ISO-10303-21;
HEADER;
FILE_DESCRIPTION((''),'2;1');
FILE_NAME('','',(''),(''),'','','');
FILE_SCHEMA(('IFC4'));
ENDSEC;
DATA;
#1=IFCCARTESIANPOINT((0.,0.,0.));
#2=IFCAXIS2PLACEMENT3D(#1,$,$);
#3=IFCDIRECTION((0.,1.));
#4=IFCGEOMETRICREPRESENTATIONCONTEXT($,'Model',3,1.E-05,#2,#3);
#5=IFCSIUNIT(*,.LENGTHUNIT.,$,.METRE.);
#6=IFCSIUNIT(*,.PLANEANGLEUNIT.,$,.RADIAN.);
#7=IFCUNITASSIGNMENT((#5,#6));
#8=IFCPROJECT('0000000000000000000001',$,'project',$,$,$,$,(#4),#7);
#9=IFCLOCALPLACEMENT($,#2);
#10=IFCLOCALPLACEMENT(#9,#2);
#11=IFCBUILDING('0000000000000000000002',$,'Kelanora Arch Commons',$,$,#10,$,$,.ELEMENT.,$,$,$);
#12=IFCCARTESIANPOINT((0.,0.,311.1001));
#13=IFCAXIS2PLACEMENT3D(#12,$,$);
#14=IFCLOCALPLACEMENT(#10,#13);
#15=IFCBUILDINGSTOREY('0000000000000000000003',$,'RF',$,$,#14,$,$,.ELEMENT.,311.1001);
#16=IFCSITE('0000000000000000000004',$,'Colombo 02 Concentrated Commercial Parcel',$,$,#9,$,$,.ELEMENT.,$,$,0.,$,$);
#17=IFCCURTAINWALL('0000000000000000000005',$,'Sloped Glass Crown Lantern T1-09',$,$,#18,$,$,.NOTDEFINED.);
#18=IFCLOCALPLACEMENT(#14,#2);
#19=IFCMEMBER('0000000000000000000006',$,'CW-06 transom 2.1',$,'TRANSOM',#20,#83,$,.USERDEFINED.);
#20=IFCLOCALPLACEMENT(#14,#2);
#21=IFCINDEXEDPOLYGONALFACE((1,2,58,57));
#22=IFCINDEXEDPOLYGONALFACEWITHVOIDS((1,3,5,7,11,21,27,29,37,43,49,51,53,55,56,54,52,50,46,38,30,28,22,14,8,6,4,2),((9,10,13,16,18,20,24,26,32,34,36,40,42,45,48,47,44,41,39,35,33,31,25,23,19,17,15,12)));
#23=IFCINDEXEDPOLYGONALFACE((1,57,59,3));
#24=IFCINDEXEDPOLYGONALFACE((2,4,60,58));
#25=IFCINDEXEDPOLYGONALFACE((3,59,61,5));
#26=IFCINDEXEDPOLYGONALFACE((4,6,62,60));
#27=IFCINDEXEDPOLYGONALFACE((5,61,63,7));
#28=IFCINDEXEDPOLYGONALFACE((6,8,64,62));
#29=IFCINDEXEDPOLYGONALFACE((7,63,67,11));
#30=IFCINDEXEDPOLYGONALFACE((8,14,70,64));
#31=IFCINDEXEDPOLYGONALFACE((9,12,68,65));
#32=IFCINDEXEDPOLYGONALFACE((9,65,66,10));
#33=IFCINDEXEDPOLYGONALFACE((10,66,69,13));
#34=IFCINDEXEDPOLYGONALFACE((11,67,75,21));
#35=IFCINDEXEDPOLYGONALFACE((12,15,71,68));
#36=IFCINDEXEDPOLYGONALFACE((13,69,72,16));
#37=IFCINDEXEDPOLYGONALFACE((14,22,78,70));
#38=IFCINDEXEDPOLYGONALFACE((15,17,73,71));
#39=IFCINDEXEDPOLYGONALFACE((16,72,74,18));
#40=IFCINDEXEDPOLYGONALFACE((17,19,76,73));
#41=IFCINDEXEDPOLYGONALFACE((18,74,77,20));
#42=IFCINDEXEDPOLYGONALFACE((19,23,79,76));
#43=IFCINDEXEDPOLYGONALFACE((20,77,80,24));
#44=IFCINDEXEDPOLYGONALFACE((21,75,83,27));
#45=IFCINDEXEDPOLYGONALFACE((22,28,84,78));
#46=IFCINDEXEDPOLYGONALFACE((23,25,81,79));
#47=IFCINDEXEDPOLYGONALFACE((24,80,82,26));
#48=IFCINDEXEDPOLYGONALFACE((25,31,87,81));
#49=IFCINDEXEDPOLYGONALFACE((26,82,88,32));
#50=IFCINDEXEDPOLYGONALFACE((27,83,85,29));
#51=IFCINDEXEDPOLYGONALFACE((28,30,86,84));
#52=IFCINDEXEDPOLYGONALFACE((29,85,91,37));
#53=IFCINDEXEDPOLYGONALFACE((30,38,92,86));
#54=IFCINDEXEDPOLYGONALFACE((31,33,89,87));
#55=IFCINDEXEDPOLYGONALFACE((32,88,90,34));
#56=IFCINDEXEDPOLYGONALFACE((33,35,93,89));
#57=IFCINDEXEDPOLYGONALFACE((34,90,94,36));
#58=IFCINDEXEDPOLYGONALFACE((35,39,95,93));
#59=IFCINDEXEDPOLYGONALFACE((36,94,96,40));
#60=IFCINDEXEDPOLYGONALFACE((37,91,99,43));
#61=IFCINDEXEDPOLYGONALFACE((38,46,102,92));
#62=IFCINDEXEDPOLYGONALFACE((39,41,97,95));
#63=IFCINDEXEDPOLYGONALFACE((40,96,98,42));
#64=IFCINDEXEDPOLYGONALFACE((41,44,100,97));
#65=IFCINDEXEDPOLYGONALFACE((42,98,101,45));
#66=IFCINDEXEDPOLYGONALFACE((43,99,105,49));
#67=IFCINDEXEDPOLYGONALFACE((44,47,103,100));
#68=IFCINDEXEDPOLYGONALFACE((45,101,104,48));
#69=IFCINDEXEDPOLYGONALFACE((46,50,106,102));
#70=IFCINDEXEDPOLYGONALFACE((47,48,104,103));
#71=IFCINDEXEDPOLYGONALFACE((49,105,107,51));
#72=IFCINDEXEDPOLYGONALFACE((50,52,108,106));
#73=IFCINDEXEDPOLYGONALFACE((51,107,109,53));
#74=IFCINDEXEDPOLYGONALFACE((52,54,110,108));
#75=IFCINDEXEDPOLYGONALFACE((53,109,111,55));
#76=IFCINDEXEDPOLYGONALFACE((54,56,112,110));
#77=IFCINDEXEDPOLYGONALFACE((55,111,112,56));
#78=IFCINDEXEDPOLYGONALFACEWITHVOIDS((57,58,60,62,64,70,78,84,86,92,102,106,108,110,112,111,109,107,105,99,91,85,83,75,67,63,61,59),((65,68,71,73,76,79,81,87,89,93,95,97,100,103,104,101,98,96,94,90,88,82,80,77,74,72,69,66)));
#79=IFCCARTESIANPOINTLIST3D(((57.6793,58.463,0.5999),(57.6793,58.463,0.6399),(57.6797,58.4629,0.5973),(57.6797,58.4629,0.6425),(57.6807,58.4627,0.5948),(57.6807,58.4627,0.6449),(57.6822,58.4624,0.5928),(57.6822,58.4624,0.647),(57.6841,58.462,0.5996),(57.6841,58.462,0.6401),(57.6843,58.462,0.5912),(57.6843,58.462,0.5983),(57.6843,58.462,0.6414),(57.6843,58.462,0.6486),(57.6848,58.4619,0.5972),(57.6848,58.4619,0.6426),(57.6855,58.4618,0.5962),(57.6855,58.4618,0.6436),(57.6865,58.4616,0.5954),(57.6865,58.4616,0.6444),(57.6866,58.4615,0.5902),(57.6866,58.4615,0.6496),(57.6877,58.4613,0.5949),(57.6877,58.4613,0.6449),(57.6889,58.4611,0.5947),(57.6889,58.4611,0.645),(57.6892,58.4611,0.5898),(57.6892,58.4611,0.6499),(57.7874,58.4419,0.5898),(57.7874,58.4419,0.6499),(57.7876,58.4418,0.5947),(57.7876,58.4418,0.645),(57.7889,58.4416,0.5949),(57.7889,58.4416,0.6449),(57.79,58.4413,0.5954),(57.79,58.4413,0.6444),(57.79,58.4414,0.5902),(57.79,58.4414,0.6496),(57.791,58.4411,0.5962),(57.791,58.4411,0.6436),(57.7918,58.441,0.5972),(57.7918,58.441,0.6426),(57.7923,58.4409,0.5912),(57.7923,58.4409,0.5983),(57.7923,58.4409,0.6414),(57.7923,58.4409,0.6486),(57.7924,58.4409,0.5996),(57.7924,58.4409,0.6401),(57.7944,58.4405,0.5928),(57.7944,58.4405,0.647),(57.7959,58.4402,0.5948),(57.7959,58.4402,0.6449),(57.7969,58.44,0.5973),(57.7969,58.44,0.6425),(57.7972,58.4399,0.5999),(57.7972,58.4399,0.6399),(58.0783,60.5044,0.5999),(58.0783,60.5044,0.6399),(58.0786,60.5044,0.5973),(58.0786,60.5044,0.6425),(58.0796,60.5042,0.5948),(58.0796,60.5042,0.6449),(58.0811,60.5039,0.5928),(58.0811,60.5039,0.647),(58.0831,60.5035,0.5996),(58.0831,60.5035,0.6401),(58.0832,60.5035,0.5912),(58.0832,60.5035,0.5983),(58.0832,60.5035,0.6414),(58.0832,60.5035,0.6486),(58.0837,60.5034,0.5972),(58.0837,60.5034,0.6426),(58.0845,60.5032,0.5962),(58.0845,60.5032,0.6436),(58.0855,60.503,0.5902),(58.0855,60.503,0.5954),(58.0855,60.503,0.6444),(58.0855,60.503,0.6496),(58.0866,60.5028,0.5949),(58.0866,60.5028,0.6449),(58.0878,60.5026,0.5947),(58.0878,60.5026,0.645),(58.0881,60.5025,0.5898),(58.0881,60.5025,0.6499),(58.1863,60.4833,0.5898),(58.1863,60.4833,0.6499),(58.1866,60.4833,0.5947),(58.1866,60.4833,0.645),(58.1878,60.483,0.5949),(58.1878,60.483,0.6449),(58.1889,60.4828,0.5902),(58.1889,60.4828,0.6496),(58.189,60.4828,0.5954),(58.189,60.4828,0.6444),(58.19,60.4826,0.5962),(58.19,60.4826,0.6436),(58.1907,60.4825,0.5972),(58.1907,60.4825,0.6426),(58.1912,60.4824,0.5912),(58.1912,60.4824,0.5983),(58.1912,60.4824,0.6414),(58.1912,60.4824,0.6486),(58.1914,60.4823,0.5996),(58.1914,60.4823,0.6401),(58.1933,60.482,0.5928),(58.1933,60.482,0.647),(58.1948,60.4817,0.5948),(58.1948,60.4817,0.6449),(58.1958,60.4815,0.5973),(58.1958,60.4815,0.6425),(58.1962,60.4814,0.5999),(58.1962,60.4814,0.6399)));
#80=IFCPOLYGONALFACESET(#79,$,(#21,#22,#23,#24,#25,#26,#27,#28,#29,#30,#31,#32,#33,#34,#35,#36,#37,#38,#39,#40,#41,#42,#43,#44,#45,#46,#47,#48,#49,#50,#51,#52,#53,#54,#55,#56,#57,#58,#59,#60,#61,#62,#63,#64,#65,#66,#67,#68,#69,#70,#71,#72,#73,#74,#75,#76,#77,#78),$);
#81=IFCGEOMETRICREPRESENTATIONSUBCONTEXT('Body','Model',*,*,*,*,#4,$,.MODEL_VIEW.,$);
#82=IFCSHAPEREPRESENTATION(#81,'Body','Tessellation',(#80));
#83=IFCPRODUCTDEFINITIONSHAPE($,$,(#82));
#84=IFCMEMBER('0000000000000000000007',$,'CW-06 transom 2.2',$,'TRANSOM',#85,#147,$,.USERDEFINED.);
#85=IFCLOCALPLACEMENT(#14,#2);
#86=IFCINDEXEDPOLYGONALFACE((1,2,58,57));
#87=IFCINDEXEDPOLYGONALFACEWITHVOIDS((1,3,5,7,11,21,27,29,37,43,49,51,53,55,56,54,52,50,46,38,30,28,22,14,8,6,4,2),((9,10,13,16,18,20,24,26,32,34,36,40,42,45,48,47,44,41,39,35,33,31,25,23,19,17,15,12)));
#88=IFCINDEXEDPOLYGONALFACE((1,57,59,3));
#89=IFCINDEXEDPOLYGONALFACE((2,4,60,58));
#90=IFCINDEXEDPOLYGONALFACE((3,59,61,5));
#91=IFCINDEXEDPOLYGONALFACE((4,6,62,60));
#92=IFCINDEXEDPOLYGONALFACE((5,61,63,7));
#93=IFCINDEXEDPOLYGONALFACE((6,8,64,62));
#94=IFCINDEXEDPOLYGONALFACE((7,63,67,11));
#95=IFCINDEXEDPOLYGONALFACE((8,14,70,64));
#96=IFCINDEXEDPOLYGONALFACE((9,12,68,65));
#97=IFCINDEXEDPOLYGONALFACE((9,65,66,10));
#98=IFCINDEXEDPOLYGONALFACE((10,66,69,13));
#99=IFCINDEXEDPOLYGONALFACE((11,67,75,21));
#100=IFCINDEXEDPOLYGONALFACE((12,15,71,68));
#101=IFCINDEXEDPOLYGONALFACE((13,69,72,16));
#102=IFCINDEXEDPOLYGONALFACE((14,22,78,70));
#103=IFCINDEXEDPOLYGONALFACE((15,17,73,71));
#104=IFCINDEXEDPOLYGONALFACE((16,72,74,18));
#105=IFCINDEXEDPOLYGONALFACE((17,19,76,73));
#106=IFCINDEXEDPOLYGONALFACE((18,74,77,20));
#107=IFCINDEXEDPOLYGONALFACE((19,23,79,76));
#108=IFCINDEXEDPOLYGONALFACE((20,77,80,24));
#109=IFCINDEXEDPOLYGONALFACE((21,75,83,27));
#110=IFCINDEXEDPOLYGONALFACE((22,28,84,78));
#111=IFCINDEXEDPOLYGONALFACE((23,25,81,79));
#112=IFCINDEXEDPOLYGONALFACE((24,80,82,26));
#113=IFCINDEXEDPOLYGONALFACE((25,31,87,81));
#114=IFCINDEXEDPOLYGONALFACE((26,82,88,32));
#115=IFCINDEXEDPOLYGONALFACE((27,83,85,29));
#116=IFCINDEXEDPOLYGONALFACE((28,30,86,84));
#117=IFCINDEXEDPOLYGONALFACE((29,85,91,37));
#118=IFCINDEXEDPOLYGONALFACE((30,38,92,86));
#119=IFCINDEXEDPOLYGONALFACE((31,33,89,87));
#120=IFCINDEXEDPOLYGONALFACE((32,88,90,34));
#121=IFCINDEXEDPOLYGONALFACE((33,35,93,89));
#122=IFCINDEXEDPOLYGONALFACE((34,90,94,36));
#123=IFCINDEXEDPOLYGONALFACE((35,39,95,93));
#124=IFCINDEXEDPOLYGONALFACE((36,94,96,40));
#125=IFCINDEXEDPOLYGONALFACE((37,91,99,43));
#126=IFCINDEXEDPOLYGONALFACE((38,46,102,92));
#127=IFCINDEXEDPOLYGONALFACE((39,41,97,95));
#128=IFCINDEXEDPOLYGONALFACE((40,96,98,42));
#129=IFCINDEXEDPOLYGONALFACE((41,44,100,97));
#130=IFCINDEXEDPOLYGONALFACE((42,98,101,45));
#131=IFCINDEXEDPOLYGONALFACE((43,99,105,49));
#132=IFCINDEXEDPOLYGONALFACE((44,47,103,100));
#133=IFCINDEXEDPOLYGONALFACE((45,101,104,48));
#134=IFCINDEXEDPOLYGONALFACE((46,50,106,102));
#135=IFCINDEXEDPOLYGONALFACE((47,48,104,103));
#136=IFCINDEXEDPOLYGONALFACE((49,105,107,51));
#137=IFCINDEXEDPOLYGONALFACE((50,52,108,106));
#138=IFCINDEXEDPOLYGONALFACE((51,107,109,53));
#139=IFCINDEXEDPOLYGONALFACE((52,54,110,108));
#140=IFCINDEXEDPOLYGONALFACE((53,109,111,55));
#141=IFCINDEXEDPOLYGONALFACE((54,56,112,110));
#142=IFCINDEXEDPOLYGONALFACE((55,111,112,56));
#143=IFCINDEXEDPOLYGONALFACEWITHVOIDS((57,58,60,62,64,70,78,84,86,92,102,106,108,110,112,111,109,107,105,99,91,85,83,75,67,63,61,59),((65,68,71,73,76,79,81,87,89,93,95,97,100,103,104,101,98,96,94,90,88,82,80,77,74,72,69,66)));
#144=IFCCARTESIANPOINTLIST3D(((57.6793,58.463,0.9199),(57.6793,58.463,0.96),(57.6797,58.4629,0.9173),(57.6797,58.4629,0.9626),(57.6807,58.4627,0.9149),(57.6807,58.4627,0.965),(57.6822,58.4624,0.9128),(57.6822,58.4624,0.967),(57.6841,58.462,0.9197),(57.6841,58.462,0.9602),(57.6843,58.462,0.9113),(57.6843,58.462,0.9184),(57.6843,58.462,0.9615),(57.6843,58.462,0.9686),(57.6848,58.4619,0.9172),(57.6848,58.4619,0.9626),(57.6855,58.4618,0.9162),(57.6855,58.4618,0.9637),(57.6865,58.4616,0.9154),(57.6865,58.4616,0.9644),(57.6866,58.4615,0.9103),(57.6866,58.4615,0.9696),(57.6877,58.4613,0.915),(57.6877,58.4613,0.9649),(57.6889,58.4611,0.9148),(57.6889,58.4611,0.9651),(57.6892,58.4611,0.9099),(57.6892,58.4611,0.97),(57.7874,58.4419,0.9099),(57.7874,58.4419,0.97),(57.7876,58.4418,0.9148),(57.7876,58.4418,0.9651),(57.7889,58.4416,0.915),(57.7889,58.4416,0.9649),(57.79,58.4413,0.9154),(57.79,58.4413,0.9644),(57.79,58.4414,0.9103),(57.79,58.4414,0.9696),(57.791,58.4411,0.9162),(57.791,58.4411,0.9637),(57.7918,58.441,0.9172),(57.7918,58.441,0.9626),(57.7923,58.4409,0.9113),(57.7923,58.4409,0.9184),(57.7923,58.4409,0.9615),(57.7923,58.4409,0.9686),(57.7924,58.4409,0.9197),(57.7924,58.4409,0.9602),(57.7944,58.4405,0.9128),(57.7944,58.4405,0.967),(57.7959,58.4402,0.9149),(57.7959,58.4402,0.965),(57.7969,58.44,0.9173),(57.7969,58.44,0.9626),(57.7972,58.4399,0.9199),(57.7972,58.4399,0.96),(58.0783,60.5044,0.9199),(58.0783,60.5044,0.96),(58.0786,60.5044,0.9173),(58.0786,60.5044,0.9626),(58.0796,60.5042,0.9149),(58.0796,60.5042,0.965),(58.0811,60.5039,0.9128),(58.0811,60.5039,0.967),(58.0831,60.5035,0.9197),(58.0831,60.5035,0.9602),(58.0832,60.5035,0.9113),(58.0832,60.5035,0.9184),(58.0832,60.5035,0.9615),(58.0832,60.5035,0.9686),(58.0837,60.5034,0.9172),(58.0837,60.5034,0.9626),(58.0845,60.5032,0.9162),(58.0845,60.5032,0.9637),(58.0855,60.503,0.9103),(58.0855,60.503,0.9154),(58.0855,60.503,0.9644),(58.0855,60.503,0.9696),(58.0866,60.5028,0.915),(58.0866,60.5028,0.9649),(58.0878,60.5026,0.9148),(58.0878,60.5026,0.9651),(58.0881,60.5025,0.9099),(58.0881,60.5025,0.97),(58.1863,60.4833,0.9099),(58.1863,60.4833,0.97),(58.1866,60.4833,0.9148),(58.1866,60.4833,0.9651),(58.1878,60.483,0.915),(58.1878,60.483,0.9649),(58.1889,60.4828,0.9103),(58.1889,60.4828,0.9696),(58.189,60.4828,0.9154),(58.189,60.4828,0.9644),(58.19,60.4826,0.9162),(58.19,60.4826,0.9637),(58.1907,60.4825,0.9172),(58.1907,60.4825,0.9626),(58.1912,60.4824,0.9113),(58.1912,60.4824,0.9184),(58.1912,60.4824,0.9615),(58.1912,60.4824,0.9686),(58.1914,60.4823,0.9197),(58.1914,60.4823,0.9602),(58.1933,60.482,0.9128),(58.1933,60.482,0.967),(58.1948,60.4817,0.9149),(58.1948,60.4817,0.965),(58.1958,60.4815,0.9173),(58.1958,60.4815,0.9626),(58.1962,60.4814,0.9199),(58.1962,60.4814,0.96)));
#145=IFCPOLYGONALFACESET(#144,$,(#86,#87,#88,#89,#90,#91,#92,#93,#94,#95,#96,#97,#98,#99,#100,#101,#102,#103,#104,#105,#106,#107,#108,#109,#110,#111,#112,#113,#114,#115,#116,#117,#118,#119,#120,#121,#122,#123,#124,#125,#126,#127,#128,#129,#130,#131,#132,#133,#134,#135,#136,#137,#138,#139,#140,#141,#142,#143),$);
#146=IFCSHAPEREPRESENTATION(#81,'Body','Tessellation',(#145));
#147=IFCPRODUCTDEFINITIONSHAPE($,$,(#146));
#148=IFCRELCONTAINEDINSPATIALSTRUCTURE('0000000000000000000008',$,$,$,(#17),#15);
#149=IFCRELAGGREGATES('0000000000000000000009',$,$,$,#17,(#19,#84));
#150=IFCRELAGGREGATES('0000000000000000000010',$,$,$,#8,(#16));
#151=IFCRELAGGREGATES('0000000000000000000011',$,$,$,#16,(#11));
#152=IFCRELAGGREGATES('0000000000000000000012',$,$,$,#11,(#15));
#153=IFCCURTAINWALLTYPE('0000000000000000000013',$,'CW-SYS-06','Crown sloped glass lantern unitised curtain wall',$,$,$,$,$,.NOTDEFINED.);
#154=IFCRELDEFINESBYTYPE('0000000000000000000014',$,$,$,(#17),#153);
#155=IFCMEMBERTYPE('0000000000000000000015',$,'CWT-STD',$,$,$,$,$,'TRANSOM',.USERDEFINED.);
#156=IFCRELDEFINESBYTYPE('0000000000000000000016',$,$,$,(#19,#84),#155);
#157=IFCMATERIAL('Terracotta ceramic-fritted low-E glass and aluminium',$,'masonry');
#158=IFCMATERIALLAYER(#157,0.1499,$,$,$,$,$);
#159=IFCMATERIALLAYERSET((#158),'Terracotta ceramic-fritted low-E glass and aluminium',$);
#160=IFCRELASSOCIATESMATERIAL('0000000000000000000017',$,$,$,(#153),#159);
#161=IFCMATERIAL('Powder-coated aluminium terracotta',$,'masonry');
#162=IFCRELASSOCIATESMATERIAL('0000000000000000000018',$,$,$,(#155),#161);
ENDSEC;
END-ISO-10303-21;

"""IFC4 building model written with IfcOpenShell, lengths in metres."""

from ifc_helpers import new_model, si_unit, direction, frame, origin, origin_2d, place, context, subcontext, project, spatial, hollow_rectangle, extrude, material, layer, layer_set, material_profile, profile_set, type_object, element, aggregate, save


model = new_model("IFC4")

# Units and contexts
model_context = context("Model", 3, precision=1e-05, world=origin(), true_north=direction((0.0, 1.0)))
body_context = subcontext(model_context, "Body", "Model", "MODEL_VIEW")
ifc_project = project(units=[si_unit("LENGTHUNIT", "METRE"), si_unit("PLANEANGLEUNIT", "RADIAN")], contexts=[model_context])

# Site, building, storey
site_placement = place(None, origin())
site = spatial("IfcSite", under=ifc_project, at=site_placement, Name="Colombo 02 Concentrated Commercial Parcel", CompositionType="ELEMENT", RefElevation=0.0)
building_placement = place(site_placement, origin())
building = spatial("IfcBuilding", under=site, at=building_placement, Name="Kelanora Arch Commons", CompositionType="ELEMENT")
storey_placement = place(building_placement, frame((0.0, 0.0, 311.1001)))
storey = spatial("IfcBuildingStorey", under=building, at=storey_placement, Name="RF", CompositionType="ELEMENT", Elevation=311.1001)

# Curtain wall
ifc_material_1 = material(Name="Terracotta ceramic-fritted low-E glass and aluminium", Category="masonry")
ifc_layer_1 = layer(ifc_material_1, 0.1499)
ifc_layer_set_1 = layer_set([ifc_layer_1], Name="Terracotta ceramic-fritted low-E glass and aluminium")
curtain_wall_type = type_object("IfcCurtainWallType", Name="CW-SYS-06", Description="Crown sloped glass lantern unitised curtain wall", PredefinedType="NOTDEFINED", material=ifc_layer_set_1)
curtain_wall_1_placement = place(storey_placement, origin())
curtain_wall_1 = element("IfcCurtainWall", 1, at=curtain_wall_1_placement, inside=storey, type_object=curtain_wall_type, Name="Sloped Glass Crown Lantern T1-09", PredefinedType="NOTDEFINED")
ifc_material_2 = material(Name="Powder-coated aluminium terracotta", Category="masonry")

# Members
ifc_material_profile_1 = material_profile(ifc_material_2, hollow_rectangle(XDim=0.1201, YDim=0.0601, WallThickness=0.0049, InnerFilletRadius=0.0049, OuterFilletRadius=0.01, at=origin_2d()), Name="CWT120x60")
ifc_profile_set_1 = profile_set([ifc_material_profile_1], Name="Powder-coated aluminium terracotta")
member_type_1 = type_object("IfcMemberType", Name="CWT-STD", ElementType="TRANSOM", PredefinedType="USERDEFINED", material=ifc_profile_set_1)
member_1_placement = place(storey_placement, frame((58.1372, 60.4929, 0.6199), z_axis=(-0.191781, -0.981438, 0.0), x_axis=(0.981438, -0.191781, 0.0)))
member_1 = element("IfcMember", 2, at=member_1_placement, type_object=member_type_1, Name="CW-06 transom 2.1", ObjectType="TRANSOM", PredefinedType="USERDEFINED", context=body_context, shape_type="SweptSolid", body=[
    extrude(hollow_rectangle(XDim=0.1201, YDim=0.0601, WallThickness=0.0049, InnerFilletRadius=0.0049, OuterFilletRadius=0.01, at=origin_2d()), origin(), (0.0, 0.0, 1.0), 2.0801),
])
member_2_placement = place(storey_placement, frame((58.1372, 60.4929, 0.9399), z_axis=(-0.191781, -0.981438, 0.0), x_axis=(0.981438, -0.191781, 0.0)))
member_2 = element("IfcMember", 3, at=member_2_placement, type_object=member_type_1, Name="CW-06 transom 2.2", ObjectType="TRANSOM", PredefinedType="USERDEFINED", context=body_context, shape_type="SweptSolid", body=[
    extrude(hollow_rectangle(XDim=0.1201, YDim=0.0601, WallThickness=0.0049, InnerFilletRadius=0.0049, OuterFilletRadius=0.01, at=origin_2d()), origin(), (0.0, 0.0, 1.0), 2.0801),
])

aggregate(curtain_wall_1, [member_1, member_2])

save(model, "model.ifc")
